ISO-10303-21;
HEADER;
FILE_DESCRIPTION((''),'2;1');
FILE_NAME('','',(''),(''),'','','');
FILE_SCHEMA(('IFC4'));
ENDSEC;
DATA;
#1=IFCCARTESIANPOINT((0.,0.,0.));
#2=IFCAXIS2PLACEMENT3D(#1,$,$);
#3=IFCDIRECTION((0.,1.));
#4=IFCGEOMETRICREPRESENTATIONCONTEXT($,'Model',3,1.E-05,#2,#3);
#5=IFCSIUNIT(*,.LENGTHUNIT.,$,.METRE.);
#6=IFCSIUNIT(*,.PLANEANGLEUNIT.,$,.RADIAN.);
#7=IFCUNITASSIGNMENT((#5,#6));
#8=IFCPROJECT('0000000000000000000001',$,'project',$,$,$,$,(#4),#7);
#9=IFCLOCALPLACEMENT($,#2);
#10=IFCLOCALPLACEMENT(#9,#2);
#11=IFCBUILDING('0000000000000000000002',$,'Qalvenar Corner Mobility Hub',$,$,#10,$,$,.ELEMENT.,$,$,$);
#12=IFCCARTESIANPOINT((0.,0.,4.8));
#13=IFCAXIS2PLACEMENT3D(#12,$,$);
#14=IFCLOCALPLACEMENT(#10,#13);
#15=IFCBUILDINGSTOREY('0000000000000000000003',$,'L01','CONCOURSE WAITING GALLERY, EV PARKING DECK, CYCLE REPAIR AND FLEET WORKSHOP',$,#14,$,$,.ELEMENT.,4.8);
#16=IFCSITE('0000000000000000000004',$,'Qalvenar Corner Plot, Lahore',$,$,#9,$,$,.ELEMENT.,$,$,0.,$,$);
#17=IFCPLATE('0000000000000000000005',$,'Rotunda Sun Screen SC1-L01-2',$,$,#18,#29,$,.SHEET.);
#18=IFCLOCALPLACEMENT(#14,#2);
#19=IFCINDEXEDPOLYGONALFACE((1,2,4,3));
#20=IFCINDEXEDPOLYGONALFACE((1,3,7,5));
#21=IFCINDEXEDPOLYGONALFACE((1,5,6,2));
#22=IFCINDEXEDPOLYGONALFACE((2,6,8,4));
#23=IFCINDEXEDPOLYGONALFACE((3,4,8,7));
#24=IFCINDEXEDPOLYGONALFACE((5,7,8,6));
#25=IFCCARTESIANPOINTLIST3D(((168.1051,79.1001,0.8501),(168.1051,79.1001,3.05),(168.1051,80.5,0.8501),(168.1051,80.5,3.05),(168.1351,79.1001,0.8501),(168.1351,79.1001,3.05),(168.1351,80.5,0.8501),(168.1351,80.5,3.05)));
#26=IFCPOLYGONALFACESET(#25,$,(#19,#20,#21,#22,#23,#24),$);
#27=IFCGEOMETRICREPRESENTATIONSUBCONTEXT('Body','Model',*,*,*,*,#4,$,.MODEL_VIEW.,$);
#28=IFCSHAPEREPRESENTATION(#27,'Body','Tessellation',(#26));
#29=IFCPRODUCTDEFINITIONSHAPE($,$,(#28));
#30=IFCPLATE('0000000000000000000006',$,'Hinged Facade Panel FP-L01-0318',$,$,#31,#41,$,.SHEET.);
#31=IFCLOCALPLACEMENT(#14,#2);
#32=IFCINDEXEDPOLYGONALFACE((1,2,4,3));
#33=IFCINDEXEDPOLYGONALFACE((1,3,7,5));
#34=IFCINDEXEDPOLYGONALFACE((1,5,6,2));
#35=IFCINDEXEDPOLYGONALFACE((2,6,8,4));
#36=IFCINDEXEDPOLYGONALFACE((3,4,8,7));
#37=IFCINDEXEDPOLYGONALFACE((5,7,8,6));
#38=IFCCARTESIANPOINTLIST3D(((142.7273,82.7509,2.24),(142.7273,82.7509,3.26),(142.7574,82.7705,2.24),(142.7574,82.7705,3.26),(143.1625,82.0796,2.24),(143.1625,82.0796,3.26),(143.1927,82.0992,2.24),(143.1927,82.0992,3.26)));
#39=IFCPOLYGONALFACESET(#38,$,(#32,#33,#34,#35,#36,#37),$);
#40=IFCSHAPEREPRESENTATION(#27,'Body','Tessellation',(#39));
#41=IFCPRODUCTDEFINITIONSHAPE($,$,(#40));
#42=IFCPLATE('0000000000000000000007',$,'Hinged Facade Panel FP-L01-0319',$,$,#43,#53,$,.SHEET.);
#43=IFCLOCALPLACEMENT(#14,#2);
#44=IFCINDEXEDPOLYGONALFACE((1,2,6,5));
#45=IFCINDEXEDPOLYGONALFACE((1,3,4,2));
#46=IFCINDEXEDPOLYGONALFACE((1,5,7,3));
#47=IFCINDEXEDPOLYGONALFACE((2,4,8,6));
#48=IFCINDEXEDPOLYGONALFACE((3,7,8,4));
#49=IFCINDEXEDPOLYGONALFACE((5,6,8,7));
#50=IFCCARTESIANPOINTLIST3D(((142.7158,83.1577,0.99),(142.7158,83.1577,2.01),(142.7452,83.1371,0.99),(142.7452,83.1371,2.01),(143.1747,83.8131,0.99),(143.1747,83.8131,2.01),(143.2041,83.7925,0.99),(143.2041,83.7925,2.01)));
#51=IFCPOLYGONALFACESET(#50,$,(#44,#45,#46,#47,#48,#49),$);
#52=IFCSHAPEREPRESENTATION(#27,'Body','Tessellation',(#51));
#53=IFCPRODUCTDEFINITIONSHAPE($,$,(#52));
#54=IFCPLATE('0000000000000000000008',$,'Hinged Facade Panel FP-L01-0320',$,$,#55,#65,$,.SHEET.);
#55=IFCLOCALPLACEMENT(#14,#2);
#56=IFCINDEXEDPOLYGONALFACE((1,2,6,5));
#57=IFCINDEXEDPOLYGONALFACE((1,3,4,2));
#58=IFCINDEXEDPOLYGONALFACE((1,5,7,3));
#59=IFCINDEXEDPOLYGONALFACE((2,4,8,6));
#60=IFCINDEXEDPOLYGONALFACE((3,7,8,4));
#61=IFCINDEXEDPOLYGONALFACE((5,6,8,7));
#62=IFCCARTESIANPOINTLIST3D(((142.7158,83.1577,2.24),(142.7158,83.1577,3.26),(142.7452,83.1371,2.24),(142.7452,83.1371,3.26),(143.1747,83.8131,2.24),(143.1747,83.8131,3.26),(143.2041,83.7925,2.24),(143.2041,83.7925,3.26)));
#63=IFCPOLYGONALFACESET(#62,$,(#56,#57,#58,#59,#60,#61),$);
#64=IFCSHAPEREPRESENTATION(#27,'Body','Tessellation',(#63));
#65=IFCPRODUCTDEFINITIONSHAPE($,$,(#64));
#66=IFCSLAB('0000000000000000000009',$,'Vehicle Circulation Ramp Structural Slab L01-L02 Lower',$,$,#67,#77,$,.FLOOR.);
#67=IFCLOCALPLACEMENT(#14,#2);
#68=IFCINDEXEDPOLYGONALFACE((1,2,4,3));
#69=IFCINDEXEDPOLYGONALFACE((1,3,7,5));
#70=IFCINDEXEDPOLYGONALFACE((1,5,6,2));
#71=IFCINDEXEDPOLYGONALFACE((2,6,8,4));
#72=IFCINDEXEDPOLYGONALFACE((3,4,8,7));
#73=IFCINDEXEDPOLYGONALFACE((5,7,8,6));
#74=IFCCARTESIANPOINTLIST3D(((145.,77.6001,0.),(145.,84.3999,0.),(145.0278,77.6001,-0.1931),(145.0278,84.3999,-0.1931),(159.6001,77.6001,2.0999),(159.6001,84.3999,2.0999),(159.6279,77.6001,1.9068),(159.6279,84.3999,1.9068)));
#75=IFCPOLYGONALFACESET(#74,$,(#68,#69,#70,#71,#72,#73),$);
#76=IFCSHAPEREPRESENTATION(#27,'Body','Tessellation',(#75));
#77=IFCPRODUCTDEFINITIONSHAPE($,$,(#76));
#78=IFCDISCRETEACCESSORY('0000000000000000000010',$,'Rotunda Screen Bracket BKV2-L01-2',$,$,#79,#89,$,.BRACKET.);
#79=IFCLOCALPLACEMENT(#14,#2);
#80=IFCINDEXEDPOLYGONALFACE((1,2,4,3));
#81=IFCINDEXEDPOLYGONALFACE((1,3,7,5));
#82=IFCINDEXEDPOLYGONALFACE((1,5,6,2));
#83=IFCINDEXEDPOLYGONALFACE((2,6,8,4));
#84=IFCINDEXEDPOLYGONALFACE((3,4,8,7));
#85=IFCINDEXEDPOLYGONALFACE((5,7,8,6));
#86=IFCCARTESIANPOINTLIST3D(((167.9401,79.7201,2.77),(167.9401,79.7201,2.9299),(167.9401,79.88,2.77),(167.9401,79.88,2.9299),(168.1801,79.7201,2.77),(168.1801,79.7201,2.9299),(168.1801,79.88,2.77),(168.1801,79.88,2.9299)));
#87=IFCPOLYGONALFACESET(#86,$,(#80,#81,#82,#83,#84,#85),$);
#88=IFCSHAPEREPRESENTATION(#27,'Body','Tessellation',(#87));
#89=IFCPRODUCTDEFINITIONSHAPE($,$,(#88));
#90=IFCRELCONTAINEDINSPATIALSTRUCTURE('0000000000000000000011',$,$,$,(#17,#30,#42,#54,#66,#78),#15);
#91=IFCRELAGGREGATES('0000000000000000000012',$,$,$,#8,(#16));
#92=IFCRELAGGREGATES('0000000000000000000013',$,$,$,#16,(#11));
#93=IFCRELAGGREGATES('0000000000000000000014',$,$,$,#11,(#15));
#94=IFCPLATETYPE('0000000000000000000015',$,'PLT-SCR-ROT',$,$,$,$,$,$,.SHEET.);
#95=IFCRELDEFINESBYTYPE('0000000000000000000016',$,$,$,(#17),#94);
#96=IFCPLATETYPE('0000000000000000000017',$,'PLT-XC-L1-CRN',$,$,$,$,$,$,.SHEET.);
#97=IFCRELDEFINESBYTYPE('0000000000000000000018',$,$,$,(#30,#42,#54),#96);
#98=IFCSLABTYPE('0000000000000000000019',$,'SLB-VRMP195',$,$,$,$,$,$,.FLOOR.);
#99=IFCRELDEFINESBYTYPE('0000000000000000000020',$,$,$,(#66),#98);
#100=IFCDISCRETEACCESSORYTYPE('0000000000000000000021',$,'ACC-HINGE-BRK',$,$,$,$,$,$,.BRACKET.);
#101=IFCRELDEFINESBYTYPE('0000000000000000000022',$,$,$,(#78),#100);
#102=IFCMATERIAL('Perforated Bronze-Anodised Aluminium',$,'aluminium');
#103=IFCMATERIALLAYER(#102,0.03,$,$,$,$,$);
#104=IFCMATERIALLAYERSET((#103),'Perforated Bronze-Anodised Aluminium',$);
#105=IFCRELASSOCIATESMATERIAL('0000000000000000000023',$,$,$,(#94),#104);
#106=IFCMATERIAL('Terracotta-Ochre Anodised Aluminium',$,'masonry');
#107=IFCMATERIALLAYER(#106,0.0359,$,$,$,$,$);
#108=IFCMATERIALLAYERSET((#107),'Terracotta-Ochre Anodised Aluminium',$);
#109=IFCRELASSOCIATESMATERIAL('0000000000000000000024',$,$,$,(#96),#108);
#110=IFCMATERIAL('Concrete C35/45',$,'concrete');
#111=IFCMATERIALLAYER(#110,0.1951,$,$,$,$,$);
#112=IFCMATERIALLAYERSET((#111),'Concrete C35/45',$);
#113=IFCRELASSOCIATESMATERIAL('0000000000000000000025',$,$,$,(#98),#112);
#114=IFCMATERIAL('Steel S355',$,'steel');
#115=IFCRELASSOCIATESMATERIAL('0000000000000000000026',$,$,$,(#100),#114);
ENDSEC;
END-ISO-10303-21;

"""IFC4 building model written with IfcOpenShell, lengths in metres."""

from ifc_helpers import new_model, si_unit, direction, frame, origin, origin_2d, place, context, subcontext, project, spatial, polyline, rectangle, outline, extrude, material, layer, layer_set, type_object, element, save


model = new_model("IFC4")

# Units and contexts
model_context = context("Model", 3, precision=1e-05, world=origin(), true_north=direction((0.0, 1.0)))
body_context = subcontext(model_context, "Body", "Model", "MODEL_VIEW")
ifc_project = project(units=[si_unit("LENGTHUNIT", "METRE"), si_unit("PLANEANGLEUNIT", "RADIAN")], contexts=[model_context])

# Site, building, storey
site_placement = place(None, origin())
site = spatial("IfcSite", under=ifc_project, at=site_placement, Name="Qalvenar Corner Plot, Lahore", CompositionType="ELEMENT", RefElevation=0.0)
building_placement = place(site_placement, origin())
building = spatial("IfcBuilding", under=site, at=building_placement, Name="Qalvenar Corner Mobility Hub", CompositionType="ELEMENT")
storey_placement = place(building_placement, frame((0.0, 0.0, 4.8)))
storey = spatial("IfcBuildingStorey", under=building, at=storey_placement, Name="L01", Description="CONCOURSE WAITING GALLERY, EV PARKING DECK, CYCLE REPAIR AND FLEET WORKSHOP", CompositionType="ELEMENT", Elevation=4.8)

# Shared definitions
ifc_material_1 = material(Name="Steel S355", Category="steel")

# Plates
ifc_material_2 = material(Name="Perforated Bronze-Anodised Aluminium", Category="aluminium")
ifc_layer_1 = layer(ifc_material_2, 0.03)
ifc_layer_set_1 = layer_set([ifc_layer_1], Name="Perforated Bronze-Anodised Aluminium")
plate_type_1 = type_object("IfcPlateType", Name="PLT-SCR-ROT", PredefinedType="SHEET", material=ifc_layer_set_1)
plate_placement = place(storey_placement, frame((168.1201, 79.8, 0.8501), z_axis=(0.0, 0.0, 1.0), x_axis=(0.0, 1.0, 0.0)))
element("IfcPlate", 1, at=plate_placement, inside=storey, type_object=plate_type_1, Name="Rotunda Sun Screen SC1-L01-2", PredefinedType="SHEET", context=body_context, shape_type="SweptSolid", body=[
    extrude(rectangle(XDim=1.3999, YDim=0.03, at=origin_2d()), origin(), (0.0, 0.0, 1.0), 2.2),
])
ifc_material_3 = material(Name="Terracotta-Ochre Anodised Aluminium", Category="masonry")
ifc_layer_2 = layer(ifc_material_3, 0.0359)
ifc_layer_set_2 = layer_set([ifc_layer_2], Name="Terracotta-Ochre Anodised Aluminium")
plate_type_2 = type_object("IfcPlateType", Name="PLT-XC-L1-CRN", PredefinedType="SHEET", material=ifc_layer_set_2)
for number, where, z_axis, x_axis, name in (
    (2, (142.96, 82.425, 2.24), (0.0, 0.0, 1.0), (-0.544053, 0.839051, 0.0), "Hinged Facade Panel FP-L01-0318"),
    (3, (142.96, 83.4751, 0.99), (0.0, 0.0, 1.0), (0.573576, 0.819152, 0.0), "Hinged Facade Panel FP-L01-0319"),
    (4, (142.96, 83.4751, 2.24), (0.0, 0.0, 1.0), (0.573576, 0.819152, 0.0), "Hinged Facade Panel FP-L01-0320"),
):
    element("IfcPlate", number, at=place(storey_placement, frame(where, z_axis=z_axis, x_axis=x_axis)), inside=storey, type_object=plate_type_2, Name=name, PredefinedType="SHEET", context=body_context, shape_type="SweptSolid", body=[
        extrude(rectangle(XDim=0.8, YDim=0.0359, at=origin_2d()), origin(), (0.0, 0.0, 1.0), 1.02),
    ])

# Slab
ifc_material_4 = material(Name="Concrete C35/45", Category="concrete")
ifc_layer_3 = layer(ifc_material_4, 0.1951)
ifc_layer_set_3 = layer_set([ifc_layer_3], Name="Concrete C35/45")
slab_type = type_object("IfcSlabType", Name="SLB-VRMP195", PredefinedType="FLOOR", material=ifc_layer_set_3)
slab_placement = place(storey_placement, frame((145.0, 77.6001, 0.0), z_axis=(-0.14236, 0.0, 0.989815), x_axis=(0.989815, 0.0, 0.14236)))
element("IfcSlab", 5, at=slab_placement, inside=storey, type_object=slab_type, Name="Vehicle Circulation Ramp Structural Slab L01-L02 Lower", PredefinedType="FLOOR", context=body_context, shape_type="SweptSolid", body=[
    extrude(outline(polyline([(0.0, 0.0), (14.7503, 0.0), (14.7503, 6.7998), (0.0, 6.7998), (0.0, 0.0)])), origin(), (0.0, 0.0, -1.0), 0.1951),
])

# Discrete accessory
discrete_accessory_type = type_object("IfcDiscreteAccessoryType", Name="ACC-HINGE-BRK", PredefinedType="BRACKET", material=ifc_material_1)
discrete_accessory_placement = place(storey_placement, frame((168.0601, 79.8, 2.77), z_axis=(0.0, 0.0, 1.0), x_axis=(0.0, 1.0, 0.0)))
element("IfcDiscreteAccessory", 6, at=discrete_accessory_placement, inside=storey, type_object=discrete_accessory_type, Name="Rotunda Screen Bracket BKV2-L01-2", PredefinedType="BRACKET", context=body_context, shape_type="SweptSolid", body=[
    extrude(rectangle(XDim=0.1599, YDim=0.24, at=origin_2d()), origin(), (0.0, 0.0, 1.0), 0.1599),
])

save(model, "model.ifc")
